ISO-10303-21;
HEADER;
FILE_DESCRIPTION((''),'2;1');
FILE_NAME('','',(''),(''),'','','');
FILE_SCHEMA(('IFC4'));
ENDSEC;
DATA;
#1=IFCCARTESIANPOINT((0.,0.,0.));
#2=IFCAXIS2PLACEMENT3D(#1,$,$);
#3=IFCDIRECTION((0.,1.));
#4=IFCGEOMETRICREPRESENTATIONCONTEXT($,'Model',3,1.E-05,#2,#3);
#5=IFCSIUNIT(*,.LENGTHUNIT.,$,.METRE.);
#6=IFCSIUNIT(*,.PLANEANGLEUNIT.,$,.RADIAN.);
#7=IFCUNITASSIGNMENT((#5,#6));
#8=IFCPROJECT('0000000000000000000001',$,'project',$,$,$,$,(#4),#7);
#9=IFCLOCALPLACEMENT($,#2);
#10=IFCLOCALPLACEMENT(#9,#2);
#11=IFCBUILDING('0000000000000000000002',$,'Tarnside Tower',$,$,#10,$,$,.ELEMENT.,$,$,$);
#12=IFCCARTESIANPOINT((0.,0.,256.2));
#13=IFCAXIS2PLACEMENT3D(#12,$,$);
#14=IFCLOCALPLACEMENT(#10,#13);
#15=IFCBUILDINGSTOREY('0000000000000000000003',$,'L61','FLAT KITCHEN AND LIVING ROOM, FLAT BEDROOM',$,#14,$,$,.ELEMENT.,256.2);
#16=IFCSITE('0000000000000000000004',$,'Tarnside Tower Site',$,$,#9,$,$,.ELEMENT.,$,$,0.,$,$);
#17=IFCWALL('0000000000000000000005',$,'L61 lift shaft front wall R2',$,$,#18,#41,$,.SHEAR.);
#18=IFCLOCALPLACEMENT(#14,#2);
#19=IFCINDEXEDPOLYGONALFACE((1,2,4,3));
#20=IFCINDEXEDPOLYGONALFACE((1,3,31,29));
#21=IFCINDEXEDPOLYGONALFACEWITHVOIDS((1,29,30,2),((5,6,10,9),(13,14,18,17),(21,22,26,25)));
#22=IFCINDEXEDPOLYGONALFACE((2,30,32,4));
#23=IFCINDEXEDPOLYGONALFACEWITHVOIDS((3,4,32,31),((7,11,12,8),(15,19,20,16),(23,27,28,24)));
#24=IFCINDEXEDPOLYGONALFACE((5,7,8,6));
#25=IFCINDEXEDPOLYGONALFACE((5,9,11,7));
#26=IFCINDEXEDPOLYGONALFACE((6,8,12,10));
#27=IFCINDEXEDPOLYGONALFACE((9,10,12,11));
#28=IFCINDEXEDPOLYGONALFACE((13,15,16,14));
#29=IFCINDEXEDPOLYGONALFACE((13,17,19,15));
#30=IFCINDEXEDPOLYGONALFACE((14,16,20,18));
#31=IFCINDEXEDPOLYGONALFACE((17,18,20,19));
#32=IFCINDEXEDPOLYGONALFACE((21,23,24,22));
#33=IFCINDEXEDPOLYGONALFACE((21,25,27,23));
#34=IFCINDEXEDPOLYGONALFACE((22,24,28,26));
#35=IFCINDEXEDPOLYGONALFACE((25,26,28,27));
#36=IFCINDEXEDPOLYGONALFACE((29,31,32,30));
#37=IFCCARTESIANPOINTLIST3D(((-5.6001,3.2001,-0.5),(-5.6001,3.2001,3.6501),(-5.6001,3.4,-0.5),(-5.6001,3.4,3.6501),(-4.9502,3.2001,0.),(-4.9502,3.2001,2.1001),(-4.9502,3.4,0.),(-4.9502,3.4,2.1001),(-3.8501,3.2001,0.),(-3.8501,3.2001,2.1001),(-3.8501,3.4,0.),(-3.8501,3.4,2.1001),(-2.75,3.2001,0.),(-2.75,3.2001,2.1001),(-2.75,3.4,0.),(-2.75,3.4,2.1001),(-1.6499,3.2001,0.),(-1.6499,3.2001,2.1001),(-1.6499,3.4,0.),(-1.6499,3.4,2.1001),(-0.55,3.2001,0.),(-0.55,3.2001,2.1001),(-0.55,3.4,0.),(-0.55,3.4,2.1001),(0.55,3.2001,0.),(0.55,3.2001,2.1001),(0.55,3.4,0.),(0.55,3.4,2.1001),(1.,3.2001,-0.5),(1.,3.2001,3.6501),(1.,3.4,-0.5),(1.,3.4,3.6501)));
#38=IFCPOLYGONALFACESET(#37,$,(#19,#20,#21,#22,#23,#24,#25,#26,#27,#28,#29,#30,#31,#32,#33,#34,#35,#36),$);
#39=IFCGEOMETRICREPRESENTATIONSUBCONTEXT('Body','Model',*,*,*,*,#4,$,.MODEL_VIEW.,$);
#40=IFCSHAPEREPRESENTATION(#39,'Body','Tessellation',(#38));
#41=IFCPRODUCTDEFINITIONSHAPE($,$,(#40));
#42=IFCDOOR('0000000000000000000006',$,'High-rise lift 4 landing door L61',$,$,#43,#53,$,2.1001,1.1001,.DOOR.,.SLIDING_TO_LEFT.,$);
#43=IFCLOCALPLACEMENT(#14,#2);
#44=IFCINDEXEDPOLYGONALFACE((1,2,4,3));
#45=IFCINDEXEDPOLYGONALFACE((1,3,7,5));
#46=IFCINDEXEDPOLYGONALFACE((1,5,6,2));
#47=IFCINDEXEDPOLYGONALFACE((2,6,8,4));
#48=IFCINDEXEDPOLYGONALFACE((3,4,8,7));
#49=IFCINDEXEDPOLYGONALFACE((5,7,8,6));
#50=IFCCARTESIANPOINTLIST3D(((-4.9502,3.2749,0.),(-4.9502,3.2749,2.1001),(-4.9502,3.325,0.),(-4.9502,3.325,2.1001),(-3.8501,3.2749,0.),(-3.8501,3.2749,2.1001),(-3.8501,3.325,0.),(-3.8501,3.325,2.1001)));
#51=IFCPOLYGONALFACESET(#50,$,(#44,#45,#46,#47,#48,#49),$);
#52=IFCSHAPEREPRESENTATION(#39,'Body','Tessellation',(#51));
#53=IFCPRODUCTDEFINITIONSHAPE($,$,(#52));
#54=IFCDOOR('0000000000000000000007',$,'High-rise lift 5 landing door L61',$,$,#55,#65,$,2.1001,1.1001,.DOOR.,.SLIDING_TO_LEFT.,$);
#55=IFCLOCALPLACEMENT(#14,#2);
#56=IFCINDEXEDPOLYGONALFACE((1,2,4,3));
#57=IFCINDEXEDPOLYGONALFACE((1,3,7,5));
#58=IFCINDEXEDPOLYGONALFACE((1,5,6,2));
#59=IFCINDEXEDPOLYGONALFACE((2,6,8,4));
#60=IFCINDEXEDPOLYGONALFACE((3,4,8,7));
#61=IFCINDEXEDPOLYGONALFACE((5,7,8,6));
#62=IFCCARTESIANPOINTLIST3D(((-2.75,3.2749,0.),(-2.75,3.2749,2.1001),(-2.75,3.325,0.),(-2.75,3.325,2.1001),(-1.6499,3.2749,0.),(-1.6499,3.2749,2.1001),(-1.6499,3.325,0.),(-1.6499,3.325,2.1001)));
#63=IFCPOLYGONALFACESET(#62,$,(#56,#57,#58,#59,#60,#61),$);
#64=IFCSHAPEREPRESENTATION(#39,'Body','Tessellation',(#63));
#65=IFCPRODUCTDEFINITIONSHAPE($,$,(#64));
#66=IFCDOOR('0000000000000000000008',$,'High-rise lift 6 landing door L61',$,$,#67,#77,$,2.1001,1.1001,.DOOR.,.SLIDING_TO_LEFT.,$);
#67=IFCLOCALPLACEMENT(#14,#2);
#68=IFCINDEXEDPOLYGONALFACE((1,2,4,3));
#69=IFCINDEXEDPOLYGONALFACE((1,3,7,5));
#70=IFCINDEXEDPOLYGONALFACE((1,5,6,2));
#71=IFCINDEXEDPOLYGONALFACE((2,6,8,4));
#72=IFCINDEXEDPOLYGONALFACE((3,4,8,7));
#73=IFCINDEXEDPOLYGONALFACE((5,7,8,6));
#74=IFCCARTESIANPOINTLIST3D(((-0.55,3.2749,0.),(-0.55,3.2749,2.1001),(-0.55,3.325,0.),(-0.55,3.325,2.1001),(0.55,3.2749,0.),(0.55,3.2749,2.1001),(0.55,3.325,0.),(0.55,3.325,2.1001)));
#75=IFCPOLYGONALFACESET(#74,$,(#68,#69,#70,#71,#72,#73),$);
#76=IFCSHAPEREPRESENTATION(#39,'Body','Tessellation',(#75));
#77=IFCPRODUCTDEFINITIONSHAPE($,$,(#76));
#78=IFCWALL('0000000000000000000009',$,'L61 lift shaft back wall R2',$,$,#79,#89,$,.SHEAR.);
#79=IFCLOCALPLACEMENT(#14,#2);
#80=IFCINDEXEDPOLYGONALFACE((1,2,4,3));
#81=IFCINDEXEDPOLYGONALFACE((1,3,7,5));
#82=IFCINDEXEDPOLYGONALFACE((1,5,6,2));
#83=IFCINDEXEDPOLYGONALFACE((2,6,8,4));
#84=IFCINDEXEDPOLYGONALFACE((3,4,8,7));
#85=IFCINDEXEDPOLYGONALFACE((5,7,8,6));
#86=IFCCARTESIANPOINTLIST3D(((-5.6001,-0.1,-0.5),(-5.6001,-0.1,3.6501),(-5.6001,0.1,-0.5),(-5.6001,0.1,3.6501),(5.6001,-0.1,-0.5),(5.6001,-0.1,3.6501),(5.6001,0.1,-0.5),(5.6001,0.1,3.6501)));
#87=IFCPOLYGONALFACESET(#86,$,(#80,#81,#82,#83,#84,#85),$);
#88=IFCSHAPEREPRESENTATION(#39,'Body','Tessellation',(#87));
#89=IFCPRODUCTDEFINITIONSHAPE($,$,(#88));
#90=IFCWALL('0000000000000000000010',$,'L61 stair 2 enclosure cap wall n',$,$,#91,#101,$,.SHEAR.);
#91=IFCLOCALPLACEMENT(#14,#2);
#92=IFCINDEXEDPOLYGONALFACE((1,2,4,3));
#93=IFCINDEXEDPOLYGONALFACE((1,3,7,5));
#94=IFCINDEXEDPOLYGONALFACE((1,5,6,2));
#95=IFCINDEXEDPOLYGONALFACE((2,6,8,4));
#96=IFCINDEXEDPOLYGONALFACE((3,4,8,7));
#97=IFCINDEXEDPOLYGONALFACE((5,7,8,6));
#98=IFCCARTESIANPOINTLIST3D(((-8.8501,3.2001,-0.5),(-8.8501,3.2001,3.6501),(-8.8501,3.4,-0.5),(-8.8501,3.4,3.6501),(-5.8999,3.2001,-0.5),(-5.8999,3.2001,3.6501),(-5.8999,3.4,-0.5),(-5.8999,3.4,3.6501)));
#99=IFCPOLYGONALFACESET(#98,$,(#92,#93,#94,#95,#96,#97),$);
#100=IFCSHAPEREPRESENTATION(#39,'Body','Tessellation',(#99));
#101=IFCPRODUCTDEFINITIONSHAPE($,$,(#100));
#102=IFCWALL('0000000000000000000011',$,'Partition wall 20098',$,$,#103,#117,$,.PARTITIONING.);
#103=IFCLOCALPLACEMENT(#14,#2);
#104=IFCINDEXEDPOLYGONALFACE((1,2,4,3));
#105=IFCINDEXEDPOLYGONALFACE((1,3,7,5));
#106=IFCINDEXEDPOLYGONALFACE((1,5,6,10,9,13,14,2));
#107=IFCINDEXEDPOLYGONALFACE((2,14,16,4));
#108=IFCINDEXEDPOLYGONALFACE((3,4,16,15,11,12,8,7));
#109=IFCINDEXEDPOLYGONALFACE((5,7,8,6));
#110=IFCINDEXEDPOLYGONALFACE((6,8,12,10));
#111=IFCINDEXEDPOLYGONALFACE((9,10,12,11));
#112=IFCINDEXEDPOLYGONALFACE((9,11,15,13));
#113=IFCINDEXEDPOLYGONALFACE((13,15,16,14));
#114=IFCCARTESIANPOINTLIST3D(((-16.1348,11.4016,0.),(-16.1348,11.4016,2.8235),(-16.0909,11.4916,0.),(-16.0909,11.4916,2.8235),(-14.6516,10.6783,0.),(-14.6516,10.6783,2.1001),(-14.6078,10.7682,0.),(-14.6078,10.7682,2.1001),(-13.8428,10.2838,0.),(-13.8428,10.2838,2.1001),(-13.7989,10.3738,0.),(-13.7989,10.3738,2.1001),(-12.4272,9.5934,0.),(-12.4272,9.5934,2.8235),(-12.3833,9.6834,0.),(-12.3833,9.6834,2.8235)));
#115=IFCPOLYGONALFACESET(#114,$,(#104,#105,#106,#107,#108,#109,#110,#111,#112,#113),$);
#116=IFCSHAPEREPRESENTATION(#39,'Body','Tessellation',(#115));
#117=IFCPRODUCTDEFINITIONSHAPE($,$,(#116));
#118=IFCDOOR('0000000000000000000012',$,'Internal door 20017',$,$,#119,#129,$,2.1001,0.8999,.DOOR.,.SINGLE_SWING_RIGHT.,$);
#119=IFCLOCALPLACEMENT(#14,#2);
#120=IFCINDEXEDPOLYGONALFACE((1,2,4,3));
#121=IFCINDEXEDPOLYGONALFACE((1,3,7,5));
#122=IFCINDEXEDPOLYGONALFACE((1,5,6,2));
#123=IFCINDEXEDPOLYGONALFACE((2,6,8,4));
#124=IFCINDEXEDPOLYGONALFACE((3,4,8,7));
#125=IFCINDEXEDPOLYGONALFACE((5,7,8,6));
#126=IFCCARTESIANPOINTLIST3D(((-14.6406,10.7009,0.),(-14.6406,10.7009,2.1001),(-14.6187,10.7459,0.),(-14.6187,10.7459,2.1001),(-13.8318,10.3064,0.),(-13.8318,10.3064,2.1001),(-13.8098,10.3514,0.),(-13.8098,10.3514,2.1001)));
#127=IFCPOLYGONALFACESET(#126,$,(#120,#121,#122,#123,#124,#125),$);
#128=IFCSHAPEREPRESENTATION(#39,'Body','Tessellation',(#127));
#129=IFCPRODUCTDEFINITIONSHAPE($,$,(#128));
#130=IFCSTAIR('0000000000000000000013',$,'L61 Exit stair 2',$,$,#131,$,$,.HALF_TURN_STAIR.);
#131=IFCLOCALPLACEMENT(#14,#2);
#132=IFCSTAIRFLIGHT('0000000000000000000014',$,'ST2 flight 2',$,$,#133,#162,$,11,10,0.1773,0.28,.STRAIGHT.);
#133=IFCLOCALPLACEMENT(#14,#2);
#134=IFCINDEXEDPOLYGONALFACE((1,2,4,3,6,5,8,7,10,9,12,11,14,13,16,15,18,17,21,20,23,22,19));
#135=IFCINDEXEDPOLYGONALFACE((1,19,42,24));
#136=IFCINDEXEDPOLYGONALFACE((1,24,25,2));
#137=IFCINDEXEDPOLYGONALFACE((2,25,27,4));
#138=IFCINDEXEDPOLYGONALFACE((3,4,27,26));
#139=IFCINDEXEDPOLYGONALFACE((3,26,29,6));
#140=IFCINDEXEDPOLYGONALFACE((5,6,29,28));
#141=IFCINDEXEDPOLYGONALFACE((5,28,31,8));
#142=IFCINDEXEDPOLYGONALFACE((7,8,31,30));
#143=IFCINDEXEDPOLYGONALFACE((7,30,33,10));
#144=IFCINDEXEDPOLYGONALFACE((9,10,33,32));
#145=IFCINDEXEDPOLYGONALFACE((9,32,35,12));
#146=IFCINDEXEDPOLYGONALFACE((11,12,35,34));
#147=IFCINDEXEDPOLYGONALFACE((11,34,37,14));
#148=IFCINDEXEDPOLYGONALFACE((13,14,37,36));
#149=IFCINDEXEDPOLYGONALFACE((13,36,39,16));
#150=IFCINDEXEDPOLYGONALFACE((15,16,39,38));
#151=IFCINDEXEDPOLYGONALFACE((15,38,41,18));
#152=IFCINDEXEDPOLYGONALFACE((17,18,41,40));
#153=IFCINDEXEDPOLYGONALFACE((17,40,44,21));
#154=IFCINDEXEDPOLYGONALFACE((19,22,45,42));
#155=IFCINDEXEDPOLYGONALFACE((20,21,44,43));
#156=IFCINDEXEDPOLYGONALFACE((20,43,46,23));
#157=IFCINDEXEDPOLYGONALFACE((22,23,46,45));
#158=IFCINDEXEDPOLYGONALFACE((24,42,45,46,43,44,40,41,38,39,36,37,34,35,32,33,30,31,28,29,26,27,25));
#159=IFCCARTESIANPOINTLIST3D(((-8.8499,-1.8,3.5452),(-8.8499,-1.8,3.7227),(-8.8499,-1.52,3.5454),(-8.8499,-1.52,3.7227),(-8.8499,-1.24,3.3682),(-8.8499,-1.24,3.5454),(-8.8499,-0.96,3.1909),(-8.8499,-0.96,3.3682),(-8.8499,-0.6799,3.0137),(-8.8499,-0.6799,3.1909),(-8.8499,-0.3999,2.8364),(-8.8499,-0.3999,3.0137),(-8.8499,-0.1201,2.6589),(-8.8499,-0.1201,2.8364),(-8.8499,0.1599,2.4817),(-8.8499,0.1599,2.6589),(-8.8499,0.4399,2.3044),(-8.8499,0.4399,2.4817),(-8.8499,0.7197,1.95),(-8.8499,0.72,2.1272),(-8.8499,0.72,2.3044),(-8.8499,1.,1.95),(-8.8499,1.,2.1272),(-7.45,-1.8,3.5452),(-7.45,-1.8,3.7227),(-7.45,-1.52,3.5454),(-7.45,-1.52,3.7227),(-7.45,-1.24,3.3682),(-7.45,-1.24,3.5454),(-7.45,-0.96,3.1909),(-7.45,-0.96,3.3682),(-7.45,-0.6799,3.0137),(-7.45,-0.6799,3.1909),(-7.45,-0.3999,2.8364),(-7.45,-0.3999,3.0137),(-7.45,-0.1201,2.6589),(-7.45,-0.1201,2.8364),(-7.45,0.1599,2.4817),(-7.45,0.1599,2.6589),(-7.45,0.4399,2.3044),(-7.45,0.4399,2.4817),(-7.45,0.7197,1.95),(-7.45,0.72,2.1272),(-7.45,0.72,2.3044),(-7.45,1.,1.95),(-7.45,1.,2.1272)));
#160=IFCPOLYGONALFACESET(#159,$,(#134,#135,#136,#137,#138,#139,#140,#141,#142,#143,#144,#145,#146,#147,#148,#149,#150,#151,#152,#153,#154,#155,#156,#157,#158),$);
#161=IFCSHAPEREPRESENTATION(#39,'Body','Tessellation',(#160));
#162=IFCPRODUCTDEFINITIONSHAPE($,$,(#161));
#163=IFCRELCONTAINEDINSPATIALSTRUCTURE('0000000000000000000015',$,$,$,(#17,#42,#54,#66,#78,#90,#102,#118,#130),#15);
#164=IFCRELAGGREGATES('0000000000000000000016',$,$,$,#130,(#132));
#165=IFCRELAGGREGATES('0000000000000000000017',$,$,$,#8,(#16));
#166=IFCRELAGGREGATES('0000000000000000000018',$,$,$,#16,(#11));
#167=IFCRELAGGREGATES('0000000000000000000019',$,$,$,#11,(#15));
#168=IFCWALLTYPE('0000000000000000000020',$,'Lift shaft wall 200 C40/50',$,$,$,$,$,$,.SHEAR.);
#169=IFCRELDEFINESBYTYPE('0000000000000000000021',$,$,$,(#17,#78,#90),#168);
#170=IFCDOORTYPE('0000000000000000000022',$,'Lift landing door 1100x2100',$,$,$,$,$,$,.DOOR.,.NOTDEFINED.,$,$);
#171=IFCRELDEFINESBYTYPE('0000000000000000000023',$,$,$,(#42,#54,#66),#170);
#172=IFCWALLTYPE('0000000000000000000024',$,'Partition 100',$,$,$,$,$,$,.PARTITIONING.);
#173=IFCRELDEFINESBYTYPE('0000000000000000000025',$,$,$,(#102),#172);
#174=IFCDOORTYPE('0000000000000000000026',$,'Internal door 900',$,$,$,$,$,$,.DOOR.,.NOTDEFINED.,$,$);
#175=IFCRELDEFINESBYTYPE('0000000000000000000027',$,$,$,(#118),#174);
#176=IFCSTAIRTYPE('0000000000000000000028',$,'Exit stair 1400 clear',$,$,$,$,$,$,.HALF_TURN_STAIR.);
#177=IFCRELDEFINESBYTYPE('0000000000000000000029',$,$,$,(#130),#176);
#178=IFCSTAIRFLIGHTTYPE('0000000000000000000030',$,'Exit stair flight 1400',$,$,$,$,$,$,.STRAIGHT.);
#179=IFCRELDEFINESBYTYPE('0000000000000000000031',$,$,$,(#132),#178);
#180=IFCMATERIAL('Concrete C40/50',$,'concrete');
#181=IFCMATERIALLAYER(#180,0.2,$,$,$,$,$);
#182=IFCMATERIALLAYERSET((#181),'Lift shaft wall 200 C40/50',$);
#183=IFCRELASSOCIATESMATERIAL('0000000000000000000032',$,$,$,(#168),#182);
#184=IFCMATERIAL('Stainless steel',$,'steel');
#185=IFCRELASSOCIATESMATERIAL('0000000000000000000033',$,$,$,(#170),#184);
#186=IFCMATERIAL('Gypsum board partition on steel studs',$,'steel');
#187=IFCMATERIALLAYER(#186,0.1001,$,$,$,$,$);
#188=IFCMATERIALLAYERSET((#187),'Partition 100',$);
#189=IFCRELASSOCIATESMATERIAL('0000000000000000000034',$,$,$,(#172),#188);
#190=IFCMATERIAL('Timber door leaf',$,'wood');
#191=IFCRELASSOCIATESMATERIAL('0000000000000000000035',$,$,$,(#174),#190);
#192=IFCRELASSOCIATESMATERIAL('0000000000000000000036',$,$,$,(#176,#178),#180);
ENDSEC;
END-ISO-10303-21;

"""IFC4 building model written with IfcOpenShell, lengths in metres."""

from ifc_helpers import new_model, si_unit, direction, frame, frame_2d, origin, place, context, subcontext, project, spatial, polyline, rectangle, outline, extrude, material, layer, layer_set, type_object, element, fill, aggregate, save


model = new_model("IFC4")

# Units and contexts
model_context = context("Model", 3, precision=1e-05, world=origin(), true_north=direction((0.0, 1.0)))
body_context = subcontext(model_context, "Body", "Model", "MODEL_VIEW")
ifc_project = project(units=[si_unit("LENGTHUNIT", "METRE"), si_unit("PLANEANGLEUNIT", "RADIAN")], contexts=[model_context])

# Site, building, storey
site_placement = place(None, origin())
site = spatial("IfcSite", under=ifc_project, at=site_placement, Name="Tarnside Tower Site", CompositionType="ELEMENT", RefElevation=0.0)
building_placement = place(site_placement, origin())
building = spatial("IfcBuilding", under=site, at=building_placement, Name="Tarnside Tower", CompositionType="ELEMENT")
storey_placement = place(building_placement, frame((0.0, 0.0, 256.2)))
storey = spatial("IfcBuildingStorey", under=building, at=storey_placement, Name="L61", Description="FLAT KITCHEN AND LIVING ROOM, FLAT BEDROOM", CompositionType="ELEMENT", Elevation=256.2)

# Shared definitions
ifc_material_1 = material(Name="Gypsum board partition on steel studs", Category="steel")

# Wall, openings, doors
ifc_material_2 = material(Name="Concrete C40/50", Category="concrete")
ifc_layer_1 = layer(ifc_material_2, 0.2)
ifc_layer_set_1 = layer_set([ifc_layer_1], Name="Lift shaft wall 200 C40/50")
wall_type_1 = type_object("IfcWallType", Name="Lift shaft wall 200 C40/50", PredefinedType="SHEAR", material=ifc_layer_set_1)
wall_1_placement = place(storey_placement, frame((-5.6001, 3.3, -0.5), z_axis=(0.0, 0.0, 1.0), x_axis=(1.0, 0.0, 0.0)))
wall_1 = element("IfcWall", 1, at=wall_1_placement, inside=storey, type_object=wall_type_1, Name="L61 lift shaft front wall R2", PredefinedType="SHEAR", context=body_context, shape_type="SweptSolid", body=[
    extrude(rectangle(XDim=6.6001, YDim=0.2, at=frame_2d((3.3, 0.0))), origin(), (0.0, 0.0, 1.0), 4.1501),
])
opening_1_placement = place(wall_1_placement, frame((0.6499, 0.0, 0.5)))
opening_1 = element("IfcOpeningElement", 2, at=opening_1_placement, cuts=wall_1, PredefinedType="OPENING", context=body_context, shape_type="SweptSolid", body=[
    extrude(rectangle(XDim=1.1001, YDim=2.1001, at=frame_2d((0.55, 1.05))), frame((0.0, 0.1099, 0.0), z_axis=(0.0, -1.0, 0.0), x_axis=(1.0, 0.0, 0.0)), (0.0, 0.0, 1.0), 0.22),
])
opening_2_placement = place(wall_1_placement, frame((2.8501, 0.0, 0.5)))
opening_2 = element("IfcOpeningElement", 3, at=opening_2_placement, cuts=wall_1, PredefinedType="OPENING", context=body_context, shape_type="SweptSolid", body=[
    extrude(rectangle(XDim=1.1001, YDim=2.1001, at=frame_2d((0.55, 1.05))), frame((0.0, 0.1099, 0.0), z_axis=(0.0, -1.0, 0.0), x_axis=(1.0, 0.0, 0.0)), (0.0, 0.0, 1.0), 0.22),
])
opening_3_placement = place(wall_1_placement, frame((5.05, 0.0, 0.5)))
opening_3 = element("IfcOpeningElement", 4, at=opening_3_placement, cuts=wall_1, PredefinedType="OPENING", context=body_context, shape_type="SweptSolid", body=[
    extrude(rectangle(XDim=1.1001, YDim=2.1001, at=frame_2d((0.55, 1.05))), frame((0.0, 0.1099, 0.0), z_axis=(0.0, -1.0, 0.0), x_axis=(1.0, 0.0, 0.0)), (0.0, 0.0, 1.0), 0.22),
])
ifc_material_3 = material(Name="Stainless steel", Category="steel")
door_type_1 = type_object("IfcDoorType", Name="Lift landing door 1100x2100", OperationType="NOTDEFINED", PredefinedType="DOOR", material=ifc_material_3)
door_1_placement = place(opening_1_placement, origin())
door_1 = element("IfcDoor", 5, at=door_1_placement, inside=storey, type_object=door_type_1, Name="High-rise lift 4 landing door L61", OperationType="SLIDING_TO_LEFT", OverallHeight=2.1001, OverallWidth=1.1001, PredefinedType="DOOR", context=body_context, shape_type="SweptSolid", body=[
    extrude(rectangle(XDim=1.1001, YDim=2.1001, at=frame_2d((0.55, 1.05))), frame((0.0, 0.0249, 0.0), z_axis=(0.0, -1.0, 0.0), x_axis=(1.0, 0.0, 0.0)), (0.0, 0.0, 1.0), 0.05),
])
fill(opening_1, door_1)
door_2_placement = place(opening_2_placement, origin())
door_2 = element("IfcDoor", 6, at=door_2_placement, inside=storey, type_object=door_type_1, Name="High-rise lift 5 landing door L61", OperationType="SLIDING_TO_LEFT", OverallHeight=2.1001, OverallWidth=1.1001, PredefinedType="DOOR", context=body_context, shape_type="SweptSolid", body=[
    extrude(rectangle(XDim=1.1001, YDim=2.1001, at=frame_2d((0.55, 1.05))), frame((0.0, 0.0249, 0.0), z_axis=(0.0, -1.0, 0.0), x_axis=(1.0, 0.0, 0.0)), (0.0, 0.0, 1.0), 0.05),
])
fill(opening_2, door_2)
door_3_placement = place(opening_3_placement, origin())
door_3 = element("IfcDoor", 7, at=door_3_placement, inside=storey, type_object=door_type_1, Name="High-rise lift 6 landing door L61", OperationType="SLIDING_TO_LEFT", OverallHeight=2.1001, OverallWidth=1.1001, PredefinedType="DOOR", context=body_context, shape_type="SweptSolid", body=[
    extrude(rectangle(XDim=1.1001, YDim=2.1001, at=frame_2d((0.55, 1.05))), frame((0.0, 0.0249, 0.0), z_axis=(0.0, -1.0, 0.0), x_axis=(1.0, 0.0, 0.0)), (0.0, 0.0, 1.0), 0.05),
])
fill(opening_3, door_3)

# Walls
wall_2_placement = place(storey_placement, frame((-5.6001, 0.0, -0.5), z_axis=(0.0, 0.0, 1.0), x_axis=(1.0, 0.0, 0.0)))
element("IfcWall", 8, at=wall_2_placement, inside=storey, type_object=wall_type_1, Name="L61 lift shaft back wall R2", PredefinedType="SHEAR", context=body_context, shape_type="SweptSolid", body=[
    extrude(rectangle(XDim=11.2002, YDim=0.2, at=frame_2d((5.6001, 0.0))), origin(), (0.0, 0.0, 1.0), 4.1501),
])
wall_3_placement = place(storey_placement, frame((-8.8501, 3.3, -0.5), z_axis=(0.0, 0.0, 1.0), x_axis=(1.0, 0.0, 0.0)))
element("IfcWall", 9, at=wall_3_placement, inside=storey, type_object=wall_type_1, Name="L61 stair 2 enclosure cap wall n", PredefinedType="SHEAR", context=body_context, shape_type="SweptSolid", body=[
    extrude(rectangle(XDim=2.9502, YDim=0.2, at=frame_2d((1.4751, 0.0))), origin(), (0.0, 0.0, 1.0), 4.1501),
])

# Wall, opening, door
ifc_layer_2 = layer(ifc_material_1, 0.1001)
ifc_layer_set_2 = layer_set([ifc_layer_2], Name="Partition 100")
wall_type_2 = type_object("IfcWallType", Name="Partition 100", PredefinedType="PARTITIONING", material=ifc_layer_set_2)
wall_4_placement = place(storey_placement, frame((-12.4053, 9.6384, 0.0), z_axis=(0.0, 0.0, 1.0), x_axis=(-0.898811, 0.438337, 0.0)))
wall_4 = element("IfcWall", 10, at=wall_4_placement, inside=storey, type_object=wall_type_2, Name="Partition wall 20098", PredefinedType="PARTITIONING", context=body_context, shape_type="SweptSolid", body=[
    extrude(rectangle(XDim=4.125, YDim=0.1001, at=frame_2d((2.0625, 0.0))), origin(), (0.0, 0.0, 1.0), 2.8235),
])
opening_4_placement = place(wall_4_placement, frame((1.575, 0.0, 0.0)))
opening_4 = element("IfcOpeningElement", 11, at=opening_4_placement, cuts=wall_4, PredefinedType="OPENING", context=body_context, shape_type="SweptSolid", body=[
    extrude(rectangle(XDim=0.8999, YDim=2.1001, at=frame_2d((0.45, 1.05))), frame((0.0, 0.0601, 0.0), z_axis=(0.0, -1.0, 0.0), x_axis=(1.0, 0.0, 0.0)), (0.0, 0.0, 1.0), 0.1201),
])
ifc_material_4 = material(Name="Timber door leaf", Category="wood")
door_type_2 = type_object("IfcDoorType", Name="Internal door 900", OperationType="NOTDEFINED", PredefinedType="DOOR", material=ifc_material_4)
door_4_placement = place(opening_4_placement, origin())
door_4 = element("IfcDoor", 12, at=door_4_placement, inside=storey, type_object=door_type_2, Name="Internal door 20017", OperationType="SINGLE_SWING_RIGHT", OverallHeight=2.1001, OverallWidth=0.8999, PredefinedType="DOOR", context=body_context, shape_type="SweptSolid", body=[
    extrude(rectangle(XDim=0.8999, YDim=2.1001, at=frame_2d((0.45, 1.05))), frame((0.0, 0.0249, 0.0), z_axis=(0.0, -1.0, 0.0), x_axis=(1.0, 0.0, 0.0)), (0.0, 0.0, 1.0), 0.05),
])
fill(opening_4, door_4)

# Stair, stair flight
stair_type = type_object("IfcStairType", Name="Exit stair 1400 clear", PredefinedType="HALF_TURN_STAIR", material=ifc_material_2)
stair_placement = place(storey_placement, origin())
stair = element("IfcStair", 13, at=stair_placement, inside=storey, type_object=stair_type, Name="L61 Exit stair 2", PredefinedType="HALF_TURN_STAIR")
stair_flight_type = type_object("IfcStairFlightType", Name="Exit stair flight 1400", PredefinedType="STRAIGHT", material=ifc_material_2)
stair_flight_placement = place(storey_placement, frame((-8.1499, 1.0, 1.95), z_axis=(0.0, 0.0, 1.0), x_axis=(0.0, -1.0, 0.0)))
stair_flight = element("IfcStairFlight", 14, at=stair_flight_placement, type_object=stair_flight_type, Name="ST2 flight 2", NumberOfRisers=11, NumberOfTreads=10, PredefinedType="STRAIGHT", RiserHeight=0.1773, TreadLength=0.28, context=body_context, shape_type="SweptSolid", body=[
    extrude(outline(polyline([(0.0, 0.0), (0.0, 0.1772), (0.28, 0.1772), (0.28, 0.3545), (0.5601, 0.3545), (0.5601, 0.5317), (0.8401, 0.5317), (0.8401, 0.709), (1.1201, 0.709), (1.1201, 0.8865), (1.3999, 0.8865), (1.3999, 1.0637), (1.6799, 1.0637), (1.6799, 1.241), (1.96, 1.241), (1.96, 1.4182), (2.24, 1.4182), (2.24, 1.5955), (2.52, 1.5955), (2.52, 1.7727), (2.8, 1.7727), (2.8, 1.95), (2.8, 1.5952), (0.2803, 0.0), (0.0, 0.0)])), frame((0.0, 0.7, 0.0), z_axis=(0.0, -1.0, 0.0), x_axis=(1.0, 0.0, 0.0)), (0.0, 0.0, 1.0), 1.3999),
])
aggregate(stair, [stair_flight])

save(model, "model.ifc")
